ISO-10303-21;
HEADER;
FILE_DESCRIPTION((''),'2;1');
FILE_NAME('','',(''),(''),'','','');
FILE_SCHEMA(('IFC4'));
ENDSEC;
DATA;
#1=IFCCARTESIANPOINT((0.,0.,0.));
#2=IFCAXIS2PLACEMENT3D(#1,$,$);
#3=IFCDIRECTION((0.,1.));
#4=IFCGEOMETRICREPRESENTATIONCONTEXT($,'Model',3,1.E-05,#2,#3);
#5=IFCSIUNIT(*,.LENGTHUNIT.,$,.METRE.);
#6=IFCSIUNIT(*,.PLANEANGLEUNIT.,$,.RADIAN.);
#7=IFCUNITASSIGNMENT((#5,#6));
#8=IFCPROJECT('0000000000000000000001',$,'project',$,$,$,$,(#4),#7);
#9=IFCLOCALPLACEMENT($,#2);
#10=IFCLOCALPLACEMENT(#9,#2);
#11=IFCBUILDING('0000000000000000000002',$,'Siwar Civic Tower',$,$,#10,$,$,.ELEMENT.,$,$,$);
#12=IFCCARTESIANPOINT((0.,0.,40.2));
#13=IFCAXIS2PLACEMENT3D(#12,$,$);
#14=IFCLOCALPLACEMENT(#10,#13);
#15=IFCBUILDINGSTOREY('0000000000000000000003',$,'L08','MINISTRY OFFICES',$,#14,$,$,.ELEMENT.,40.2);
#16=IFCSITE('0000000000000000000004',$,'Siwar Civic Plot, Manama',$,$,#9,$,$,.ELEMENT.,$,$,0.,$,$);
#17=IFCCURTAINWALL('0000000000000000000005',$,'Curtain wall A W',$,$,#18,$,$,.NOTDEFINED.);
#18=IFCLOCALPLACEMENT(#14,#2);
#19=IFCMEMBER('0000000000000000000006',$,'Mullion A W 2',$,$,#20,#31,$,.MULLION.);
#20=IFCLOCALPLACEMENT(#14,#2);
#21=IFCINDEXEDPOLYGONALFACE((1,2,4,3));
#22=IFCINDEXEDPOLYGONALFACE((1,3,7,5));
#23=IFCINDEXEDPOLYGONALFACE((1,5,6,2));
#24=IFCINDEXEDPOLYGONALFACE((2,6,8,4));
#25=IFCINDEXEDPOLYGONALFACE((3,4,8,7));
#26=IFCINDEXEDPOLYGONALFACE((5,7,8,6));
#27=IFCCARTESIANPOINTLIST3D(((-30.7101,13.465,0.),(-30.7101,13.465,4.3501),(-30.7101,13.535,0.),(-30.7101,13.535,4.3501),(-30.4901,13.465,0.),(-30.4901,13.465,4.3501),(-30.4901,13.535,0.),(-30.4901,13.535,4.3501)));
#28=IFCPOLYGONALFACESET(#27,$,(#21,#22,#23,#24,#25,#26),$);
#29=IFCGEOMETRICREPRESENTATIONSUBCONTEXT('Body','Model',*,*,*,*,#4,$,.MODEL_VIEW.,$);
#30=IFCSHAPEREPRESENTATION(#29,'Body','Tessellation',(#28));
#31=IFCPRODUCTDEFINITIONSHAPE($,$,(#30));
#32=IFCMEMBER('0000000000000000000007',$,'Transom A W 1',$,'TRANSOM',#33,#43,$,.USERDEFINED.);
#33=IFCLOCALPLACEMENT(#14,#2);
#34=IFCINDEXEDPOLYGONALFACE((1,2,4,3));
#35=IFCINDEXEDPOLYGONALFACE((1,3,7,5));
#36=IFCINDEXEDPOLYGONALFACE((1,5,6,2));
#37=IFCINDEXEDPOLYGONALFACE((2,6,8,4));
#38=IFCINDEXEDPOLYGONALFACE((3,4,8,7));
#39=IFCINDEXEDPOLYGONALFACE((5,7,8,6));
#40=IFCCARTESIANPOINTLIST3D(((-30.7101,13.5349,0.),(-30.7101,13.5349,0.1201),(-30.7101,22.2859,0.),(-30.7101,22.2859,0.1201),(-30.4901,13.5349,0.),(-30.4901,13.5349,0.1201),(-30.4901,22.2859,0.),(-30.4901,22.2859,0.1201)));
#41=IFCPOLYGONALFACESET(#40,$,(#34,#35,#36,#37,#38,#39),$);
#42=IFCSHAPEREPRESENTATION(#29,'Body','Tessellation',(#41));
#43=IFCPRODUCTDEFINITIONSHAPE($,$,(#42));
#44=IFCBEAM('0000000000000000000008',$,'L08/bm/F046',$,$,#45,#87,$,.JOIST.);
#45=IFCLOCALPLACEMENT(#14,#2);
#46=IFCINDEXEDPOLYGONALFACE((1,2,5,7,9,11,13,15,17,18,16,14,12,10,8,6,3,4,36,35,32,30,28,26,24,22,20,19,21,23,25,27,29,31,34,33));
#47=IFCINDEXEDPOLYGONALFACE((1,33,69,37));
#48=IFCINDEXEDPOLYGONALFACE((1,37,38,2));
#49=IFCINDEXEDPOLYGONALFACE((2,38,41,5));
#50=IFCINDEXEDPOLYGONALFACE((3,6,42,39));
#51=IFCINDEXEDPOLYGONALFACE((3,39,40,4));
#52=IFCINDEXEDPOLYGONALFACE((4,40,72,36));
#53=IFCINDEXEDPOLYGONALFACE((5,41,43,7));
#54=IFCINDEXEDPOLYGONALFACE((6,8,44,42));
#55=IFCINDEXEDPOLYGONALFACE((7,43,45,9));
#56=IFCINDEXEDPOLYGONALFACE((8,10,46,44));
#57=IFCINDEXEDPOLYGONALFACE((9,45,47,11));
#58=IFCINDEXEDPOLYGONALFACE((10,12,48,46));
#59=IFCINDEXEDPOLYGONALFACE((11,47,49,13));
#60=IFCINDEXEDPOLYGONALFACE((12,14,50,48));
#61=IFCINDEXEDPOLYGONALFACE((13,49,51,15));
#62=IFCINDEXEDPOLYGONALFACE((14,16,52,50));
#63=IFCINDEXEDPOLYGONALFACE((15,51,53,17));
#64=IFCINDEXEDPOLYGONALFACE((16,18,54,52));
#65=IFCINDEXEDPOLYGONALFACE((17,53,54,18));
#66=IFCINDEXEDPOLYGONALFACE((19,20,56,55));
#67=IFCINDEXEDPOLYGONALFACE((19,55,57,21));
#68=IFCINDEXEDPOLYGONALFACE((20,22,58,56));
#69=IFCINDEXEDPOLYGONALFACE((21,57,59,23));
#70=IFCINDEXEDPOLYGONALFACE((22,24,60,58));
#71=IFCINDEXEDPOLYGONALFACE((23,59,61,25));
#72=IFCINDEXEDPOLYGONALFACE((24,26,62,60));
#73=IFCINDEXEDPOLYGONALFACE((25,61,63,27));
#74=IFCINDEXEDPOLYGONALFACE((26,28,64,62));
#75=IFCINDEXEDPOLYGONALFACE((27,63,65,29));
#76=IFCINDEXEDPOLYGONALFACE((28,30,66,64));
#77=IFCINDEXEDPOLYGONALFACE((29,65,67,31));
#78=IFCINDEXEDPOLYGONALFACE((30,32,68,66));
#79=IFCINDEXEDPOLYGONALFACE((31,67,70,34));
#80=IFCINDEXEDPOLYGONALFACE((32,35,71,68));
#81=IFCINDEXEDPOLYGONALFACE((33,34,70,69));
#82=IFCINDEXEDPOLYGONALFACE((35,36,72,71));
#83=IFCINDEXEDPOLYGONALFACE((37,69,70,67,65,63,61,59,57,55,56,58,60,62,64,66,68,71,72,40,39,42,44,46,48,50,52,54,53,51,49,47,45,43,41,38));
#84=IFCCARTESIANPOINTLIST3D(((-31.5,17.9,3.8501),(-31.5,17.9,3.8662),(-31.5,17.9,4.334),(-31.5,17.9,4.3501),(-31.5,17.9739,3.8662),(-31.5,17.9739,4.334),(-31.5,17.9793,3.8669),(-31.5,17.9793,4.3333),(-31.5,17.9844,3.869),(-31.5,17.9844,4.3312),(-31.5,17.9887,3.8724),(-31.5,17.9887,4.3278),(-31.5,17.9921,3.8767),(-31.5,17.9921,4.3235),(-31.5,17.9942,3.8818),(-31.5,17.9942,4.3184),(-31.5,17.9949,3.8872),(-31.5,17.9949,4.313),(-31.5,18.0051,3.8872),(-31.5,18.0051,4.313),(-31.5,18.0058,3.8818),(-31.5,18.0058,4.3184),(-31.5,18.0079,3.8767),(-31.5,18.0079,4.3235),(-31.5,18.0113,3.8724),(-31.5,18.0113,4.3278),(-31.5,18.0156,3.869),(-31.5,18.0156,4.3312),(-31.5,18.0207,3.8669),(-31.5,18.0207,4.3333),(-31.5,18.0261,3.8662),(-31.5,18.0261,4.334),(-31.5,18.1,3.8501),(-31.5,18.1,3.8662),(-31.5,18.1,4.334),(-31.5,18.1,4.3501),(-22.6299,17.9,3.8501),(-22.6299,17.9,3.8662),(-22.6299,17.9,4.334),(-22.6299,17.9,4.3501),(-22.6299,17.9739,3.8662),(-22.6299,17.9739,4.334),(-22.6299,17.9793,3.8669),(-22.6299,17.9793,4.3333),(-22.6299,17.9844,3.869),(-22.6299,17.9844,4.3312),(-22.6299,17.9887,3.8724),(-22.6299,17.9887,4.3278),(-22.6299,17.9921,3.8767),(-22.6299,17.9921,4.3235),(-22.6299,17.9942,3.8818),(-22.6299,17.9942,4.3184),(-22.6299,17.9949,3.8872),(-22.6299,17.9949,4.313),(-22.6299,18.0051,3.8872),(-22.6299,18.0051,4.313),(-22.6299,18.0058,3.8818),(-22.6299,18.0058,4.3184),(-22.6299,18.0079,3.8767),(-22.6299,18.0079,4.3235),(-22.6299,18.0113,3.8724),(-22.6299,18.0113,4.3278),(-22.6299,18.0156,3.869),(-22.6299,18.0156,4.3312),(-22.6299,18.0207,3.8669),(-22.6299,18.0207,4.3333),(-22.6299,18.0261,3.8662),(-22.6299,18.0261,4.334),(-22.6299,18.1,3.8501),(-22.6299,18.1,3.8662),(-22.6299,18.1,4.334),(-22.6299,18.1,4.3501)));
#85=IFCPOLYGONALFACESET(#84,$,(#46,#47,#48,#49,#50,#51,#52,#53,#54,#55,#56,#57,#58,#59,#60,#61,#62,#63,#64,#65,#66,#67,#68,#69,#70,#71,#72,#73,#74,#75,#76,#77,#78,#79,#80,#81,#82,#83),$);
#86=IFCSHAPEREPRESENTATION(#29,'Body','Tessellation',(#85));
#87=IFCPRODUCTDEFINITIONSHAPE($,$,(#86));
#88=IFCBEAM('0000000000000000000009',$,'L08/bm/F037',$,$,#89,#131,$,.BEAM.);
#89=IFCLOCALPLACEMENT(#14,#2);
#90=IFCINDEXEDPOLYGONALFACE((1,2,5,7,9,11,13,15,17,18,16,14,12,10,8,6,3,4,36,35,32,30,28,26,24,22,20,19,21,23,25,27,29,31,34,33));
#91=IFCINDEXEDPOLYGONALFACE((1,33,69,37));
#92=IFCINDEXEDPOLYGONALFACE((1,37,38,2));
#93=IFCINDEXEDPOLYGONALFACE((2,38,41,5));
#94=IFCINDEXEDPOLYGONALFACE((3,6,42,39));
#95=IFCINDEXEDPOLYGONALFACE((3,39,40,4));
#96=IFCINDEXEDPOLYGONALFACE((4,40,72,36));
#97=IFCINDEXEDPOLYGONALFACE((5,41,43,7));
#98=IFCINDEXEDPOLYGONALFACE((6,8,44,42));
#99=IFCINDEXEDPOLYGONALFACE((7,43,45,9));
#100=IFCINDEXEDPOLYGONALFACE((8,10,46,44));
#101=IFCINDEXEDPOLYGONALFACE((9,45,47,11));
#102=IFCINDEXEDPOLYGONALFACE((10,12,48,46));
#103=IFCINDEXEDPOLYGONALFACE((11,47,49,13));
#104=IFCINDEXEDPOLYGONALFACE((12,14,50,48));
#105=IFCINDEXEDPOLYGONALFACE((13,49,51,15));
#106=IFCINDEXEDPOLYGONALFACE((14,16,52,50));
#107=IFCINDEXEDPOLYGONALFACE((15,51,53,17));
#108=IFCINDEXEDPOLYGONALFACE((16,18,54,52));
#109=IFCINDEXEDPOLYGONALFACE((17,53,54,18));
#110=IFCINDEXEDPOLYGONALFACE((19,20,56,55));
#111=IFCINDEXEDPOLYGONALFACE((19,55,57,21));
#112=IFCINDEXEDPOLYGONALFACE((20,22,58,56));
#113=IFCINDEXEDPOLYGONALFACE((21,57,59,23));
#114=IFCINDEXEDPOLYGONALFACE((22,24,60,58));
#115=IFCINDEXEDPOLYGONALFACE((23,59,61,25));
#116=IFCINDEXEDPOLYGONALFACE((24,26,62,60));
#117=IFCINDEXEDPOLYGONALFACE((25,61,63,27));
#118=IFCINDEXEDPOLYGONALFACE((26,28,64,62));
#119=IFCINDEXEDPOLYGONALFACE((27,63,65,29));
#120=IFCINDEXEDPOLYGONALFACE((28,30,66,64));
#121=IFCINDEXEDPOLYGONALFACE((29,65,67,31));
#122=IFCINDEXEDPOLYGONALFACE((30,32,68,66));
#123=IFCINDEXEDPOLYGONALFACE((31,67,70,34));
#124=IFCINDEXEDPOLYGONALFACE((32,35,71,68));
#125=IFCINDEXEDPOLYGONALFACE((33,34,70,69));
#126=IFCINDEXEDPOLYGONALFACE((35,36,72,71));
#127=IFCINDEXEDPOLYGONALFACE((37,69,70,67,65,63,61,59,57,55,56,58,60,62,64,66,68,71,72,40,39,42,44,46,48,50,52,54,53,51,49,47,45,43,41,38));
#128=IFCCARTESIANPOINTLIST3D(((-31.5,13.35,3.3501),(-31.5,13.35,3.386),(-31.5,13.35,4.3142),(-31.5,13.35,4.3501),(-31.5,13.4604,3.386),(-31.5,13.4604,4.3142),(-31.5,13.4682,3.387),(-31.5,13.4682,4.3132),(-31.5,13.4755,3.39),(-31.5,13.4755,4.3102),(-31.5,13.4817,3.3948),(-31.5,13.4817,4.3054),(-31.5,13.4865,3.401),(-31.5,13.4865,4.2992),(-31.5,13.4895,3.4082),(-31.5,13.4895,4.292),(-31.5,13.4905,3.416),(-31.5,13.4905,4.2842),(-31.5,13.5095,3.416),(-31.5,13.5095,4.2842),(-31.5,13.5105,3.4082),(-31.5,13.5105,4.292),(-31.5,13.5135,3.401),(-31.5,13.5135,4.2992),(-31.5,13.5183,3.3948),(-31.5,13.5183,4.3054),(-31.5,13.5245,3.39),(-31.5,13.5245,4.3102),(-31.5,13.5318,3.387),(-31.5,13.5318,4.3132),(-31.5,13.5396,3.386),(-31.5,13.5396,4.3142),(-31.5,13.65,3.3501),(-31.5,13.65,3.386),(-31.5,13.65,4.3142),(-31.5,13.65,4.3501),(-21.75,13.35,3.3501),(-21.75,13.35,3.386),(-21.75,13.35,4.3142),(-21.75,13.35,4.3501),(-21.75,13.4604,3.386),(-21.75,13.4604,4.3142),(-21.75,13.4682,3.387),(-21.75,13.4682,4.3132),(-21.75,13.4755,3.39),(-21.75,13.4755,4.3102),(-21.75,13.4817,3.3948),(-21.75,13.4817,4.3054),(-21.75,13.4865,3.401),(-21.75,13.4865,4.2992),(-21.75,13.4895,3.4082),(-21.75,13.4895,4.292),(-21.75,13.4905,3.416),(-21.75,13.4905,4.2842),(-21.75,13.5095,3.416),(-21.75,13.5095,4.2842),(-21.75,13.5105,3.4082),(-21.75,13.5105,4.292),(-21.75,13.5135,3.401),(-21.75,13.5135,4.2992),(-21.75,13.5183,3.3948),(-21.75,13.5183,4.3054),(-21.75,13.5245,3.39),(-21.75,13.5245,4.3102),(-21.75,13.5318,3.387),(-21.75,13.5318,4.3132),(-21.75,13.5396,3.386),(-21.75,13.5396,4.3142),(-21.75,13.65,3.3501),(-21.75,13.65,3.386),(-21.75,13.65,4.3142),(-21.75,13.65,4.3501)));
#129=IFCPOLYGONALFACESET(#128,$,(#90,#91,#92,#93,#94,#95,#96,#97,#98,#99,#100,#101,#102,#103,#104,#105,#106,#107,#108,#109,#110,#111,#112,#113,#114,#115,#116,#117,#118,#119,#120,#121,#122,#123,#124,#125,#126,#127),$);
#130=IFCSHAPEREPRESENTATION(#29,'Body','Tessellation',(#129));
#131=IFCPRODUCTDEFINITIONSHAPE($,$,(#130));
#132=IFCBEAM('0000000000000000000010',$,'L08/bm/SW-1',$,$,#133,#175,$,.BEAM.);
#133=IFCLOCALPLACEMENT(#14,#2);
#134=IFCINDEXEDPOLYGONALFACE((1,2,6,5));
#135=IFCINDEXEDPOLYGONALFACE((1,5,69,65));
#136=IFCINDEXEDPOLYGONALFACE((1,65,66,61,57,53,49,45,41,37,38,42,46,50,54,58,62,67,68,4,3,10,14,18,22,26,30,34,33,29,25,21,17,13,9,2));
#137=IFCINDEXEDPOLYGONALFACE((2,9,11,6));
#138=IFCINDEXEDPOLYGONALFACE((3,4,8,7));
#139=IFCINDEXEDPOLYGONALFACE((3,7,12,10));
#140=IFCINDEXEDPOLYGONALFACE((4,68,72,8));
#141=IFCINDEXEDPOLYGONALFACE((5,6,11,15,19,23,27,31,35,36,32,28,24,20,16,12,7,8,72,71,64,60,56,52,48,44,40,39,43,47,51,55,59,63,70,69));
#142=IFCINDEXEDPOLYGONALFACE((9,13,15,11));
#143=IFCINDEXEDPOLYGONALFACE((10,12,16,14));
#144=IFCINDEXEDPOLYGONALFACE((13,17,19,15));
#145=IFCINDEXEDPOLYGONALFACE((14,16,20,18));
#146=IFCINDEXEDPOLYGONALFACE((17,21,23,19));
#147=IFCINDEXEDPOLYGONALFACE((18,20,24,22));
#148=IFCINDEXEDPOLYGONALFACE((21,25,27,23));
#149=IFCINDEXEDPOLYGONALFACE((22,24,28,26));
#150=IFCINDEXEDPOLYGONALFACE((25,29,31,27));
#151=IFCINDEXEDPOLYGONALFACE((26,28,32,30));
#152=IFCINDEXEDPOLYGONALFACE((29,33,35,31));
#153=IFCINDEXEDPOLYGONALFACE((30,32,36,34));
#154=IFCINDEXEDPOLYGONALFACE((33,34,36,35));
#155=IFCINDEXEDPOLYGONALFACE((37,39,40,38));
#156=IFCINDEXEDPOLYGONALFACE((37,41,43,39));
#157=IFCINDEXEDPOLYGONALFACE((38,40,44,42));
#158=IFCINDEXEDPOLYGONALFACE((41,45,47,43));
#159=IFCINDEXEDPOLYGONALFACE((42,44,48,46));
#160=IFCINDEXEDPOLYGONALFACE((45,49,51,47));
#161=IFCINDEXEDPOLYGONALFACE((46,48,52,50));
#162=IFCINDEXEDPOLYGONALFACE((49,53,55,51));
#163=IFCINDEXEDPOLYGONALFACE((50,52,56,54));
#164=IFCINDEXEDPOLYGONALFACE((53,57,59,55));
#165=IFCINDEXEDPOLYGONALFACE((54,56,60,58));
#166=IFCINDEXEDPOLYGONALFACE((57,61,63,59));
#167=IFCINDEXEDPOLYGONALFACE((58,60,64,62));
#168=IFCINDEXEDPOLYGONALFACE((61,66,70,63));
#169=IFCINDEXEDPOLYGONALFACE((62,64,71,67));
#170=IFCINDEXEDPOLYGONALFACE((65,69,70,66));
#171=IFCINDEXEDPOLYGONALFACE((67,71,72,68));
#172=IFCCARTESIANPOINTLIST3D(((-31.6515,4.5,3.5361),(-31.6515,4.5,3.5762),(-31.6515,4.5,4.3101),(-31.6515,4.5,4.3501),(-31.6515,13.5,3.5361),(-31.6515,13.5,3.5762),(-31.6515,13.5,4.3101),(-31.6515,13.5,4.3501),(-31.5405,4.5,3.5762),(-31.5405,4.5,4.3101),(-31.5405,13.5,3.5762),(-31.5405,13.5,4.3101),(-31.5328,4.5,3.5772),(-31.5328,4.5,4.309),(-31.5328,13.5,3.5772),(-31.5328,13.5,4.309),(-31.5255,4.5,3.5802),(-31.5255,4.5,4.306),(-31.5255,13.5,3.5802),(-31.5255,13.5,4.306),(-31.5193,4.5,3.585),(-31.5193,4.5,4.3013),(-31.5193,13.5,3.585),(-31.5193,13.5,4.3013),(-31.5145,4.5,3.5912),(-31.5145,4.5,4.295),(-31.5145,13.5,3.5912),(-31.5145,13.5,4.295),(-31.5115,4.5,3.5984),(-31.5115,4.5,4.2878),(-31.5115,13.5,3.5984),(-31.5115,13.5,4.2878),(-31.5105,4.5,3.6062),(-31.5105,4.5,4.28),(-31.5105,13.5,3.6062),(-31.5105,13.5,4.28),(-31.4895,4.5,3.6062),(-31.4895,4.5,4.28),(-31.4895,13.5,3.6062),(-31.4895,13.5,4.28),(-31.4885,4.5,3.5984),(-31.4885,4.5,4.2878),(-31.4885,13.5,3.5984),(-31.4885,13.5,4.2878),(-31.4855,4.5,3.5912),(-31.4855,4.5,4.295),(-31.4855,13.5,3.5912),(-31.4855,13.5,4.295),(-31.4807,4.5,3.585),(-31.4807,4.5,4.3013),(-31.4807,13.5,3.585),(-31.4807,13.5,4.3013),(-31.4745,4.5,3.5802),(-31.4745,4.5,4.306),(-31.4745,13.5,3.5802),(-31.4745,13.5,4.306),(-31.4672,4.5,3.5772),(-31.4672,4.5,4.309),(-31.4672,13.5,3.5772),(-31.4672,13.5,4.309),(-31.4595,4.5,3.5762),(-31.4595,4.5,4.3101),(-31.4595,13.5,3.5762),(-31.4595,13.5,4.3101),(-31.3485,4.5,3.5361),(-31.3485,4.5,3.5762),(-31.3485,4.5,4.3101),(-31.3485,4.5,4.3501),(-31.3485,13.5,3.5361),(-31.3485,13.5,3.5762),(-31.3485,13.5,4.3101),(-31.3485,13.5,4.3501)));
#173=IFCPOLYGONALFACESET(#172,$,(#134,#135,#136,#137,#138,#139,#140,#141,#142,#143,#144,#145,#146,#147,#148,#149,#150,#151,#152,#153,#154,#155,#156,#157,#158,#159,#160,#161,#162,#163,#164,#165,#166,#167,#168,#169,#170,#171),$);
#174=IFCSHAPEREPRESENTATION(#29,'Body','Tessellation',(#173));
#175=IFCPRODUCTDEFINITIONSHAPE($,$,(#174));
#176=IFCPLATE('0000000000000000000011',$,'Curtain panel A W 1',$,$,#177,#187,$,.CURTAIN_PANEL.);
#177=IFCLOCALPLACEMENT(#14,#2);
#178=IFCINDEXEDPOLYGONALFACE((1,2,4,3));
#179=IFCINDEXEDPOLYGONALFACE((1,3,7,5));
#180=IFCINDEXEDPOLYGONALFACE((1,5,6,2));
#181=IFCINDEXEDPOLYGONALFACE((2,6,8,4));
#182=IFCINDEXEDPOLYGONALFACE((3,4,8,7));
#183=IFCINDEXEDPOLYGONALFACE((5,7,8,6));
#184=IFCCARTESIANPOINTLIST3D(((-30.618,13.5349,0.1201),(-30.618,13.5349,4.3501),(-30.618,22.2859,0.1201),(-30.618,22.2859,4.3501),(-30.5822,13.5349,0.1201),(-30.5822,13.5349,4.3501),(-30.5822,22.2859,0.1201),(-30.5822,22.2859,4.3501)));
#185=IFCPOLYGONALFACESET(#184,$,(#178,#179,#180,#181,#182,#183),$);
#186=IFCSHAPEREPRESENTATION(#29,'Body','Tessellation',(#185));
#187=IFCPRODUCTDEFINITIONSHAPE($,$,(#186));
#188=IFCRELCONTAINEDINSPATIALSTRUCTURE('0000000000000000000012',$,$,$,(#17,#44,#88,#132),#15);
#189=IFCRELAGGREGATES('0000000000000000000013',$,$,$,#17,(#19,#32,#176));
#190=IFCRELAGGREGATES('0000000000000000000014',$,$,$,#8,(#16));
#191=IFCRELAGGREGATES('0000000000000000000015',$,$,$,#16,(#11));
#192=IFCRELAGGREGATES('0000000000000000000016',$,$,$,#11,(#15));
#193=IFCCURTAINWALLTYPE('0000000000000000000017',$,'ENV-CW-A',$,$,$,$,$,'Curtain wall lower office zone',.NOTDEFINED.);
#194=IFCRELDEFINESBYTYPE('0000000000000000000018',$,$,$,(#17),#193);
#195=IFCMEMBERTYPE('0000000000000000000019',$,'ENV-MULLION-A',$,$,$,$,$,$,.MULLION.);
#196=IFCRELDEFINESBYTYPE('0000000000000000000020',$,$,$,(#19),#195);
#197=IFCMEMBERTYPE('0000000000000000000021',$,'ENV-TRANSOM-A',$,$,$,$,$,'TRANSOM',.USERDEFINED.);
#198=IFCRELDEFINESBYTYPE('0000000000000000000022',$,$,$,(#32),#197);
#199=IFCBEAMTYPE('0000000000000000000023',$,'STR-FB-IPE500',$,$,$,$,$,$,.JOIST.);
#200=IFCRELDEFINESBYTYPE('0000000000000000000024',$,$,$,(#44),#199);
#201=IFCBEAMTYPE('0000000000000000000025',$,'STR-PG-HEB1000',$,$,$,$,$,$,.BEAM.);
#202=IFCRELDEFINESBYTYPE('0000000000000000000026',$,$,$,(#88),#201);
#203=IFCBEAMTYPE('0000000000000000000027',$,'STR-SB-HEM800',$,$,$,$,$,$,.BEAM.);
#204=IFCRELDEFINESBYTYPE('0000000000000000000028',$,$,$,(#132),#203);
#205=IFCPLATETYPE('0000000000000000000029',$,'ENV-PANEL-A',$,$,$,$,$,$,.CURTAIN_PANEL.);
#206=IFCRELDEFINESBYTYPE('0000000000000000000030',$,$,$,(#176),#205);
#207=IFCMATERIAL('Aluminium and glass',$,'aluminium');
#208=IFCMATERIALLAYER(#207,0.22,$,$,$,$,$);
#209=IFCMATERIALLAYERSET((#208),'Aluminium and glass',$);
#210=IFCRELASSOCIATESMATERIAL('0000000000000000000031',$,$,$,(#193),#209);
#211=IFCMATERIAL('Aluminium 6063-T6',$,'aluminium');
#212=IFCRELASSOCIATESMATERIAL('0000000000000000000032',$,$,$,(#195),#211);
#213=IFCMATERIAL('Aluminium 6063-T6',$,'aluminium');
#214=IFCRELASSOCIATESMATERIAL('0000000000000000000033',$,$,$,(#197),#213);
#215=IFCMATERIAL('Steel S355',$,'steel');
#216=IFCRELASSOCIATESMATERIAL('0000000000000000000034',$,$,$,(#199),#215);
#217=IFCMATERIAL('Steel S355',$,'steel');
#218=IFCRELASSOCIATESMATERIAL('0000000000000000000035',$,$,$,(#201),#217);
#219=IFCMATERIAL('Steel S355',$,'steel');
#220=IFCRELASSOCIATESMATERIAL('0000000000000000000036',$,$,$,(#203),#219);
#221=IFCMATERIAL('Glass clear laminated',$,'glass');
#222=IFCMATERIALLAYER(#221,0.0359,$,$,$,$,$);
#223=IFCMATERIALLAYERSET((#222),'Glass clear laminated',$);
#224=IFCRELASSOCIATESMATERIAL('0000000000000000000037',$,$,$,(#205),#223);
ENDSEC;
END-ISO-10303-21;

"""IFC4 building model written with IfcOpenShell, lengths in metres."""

from ifc_helpers import new_model, si_unit, direction, frame, origin, origin_2d, place, context, subcontext, project, spatial, rectangle, i_section, extrude, material, layer, layer_set, material_profile, profile_set, type_object, element, aggregate, save


model = new_model("IFC4")

# Units and contexts
model_context = context("Model", 3, precision=1e-05, world=origin(), true_north=direction((0.0, 1.0)))
body_context = subcontext(model_context, "Body", "Model", "MODEL_VIEW")
ifc_project = project(units=[si_unit("LENGTHUNIT", "METRE"), si_unit("PLANEANGLEUNIT", "RADIAN")], contexts=[model_context])

# Site, building, storey
site_placement = place(None, origin())
site = spatial("IfcSite", under=ifc_project, at=site_placement, Name="Siwar Civic Plot, Manama", CompositionType="ELEMENT", RefElevation=0.0)
building_placement = place(site_placement, origin())
building = spatial("IfcBuilding", under=site, at=building_placement, Name="Siwar Civic Tower", CompositionType="ELEMENT")
storey_placement = place(building_placement, frame((0.0, 0.0, 40.2)))
storey = spatial("IfcBuildingStorey", under=building, at=storey_placement, Name="L08", Description="MINISTRY OFFICES", CompositionType="ELEMENT", Elevation=40.2)

# Curtain wall, members
ifc_material_1 = material(Name="Aluminium and glass", Category="aluminium")
ifc_layer_1 = layer(ifc_material_1, 0.22)
ifc_layer_set_1 = layer_set([ifc_layer_1], Name="Aluminium and glass")
curtain_wall_type = type_object("IfcCurtainWallType", Name="ENV-CW-A", ElementType="Curtain wall lower office zone", PredefinedType="NOTDEFINED", material=ifc_layer_set_1)
curtain_wall_placement = place(storey_placement, origin())
curtain_wall = element("IfcCurtainWall", 1, at=curtain_wall_placement, inside=storey, type_object=curtain_wall_type, Name="Curtain wall A W", PredefinedType="NOTDEFINED")
ifc_material_2 = material(Name="Aluminium 6063-T6", Category="aluminium")
ifc_material_profile_1 = material_profile(ifc_material_2, rectangle(XDim=0.22, YDim=0.0701, at=origin_2d()), Name="AL 220x70")
ifc_profile_set_1 = profile_set([ifc_material_profile_1], Name="Aluminium 6063-T6")
member_type_1 = type_object("IfcMemberType", Name="ENV-MULLION-A", PredefinedType="MULLION", material=ifc_profile_set_1)
member_1_placement = place(storey_placement, frame((-30.6001, 13.5, 0.0), z_axis=(0.0, 0.0, 1.0), x_axis=(1.0, 0.0, 0.0)))
member_1 = element("IfcMember", 2, at=member_1_placement, type_object=member_type_1, Name="Mullion A W 2", PredefinedType="MULLION", context=body_context, shape_type="SweptSolid", body=[
    extrude(rectangle(XDim=0.22, YDim=0.0701, at=origin_2d()), origin(), (0.0, 0.0, 1.0), 4.3501),
])
ifc_material_3 = material(Name="Aluminium 6063-T6", Category="aluminium")
ifc_material_profile_2 = material_profile(ifc_material_3, rectangle(XDim=0.22, YDim=0.1201, at=origin_2d()), Name="AL 220x120")
ifc_profile_set_2 = profile_set([ifc_material_profile_2], Name="Aluminium 6063-T6")
member_type_2 = type_object("IfcMemberType", Name="ENV-TRANSOM-A", ElementType="TRANSOM", PredefinedType="USERDEFINED", material=ifc_profile_set_2)
member_2_placement = place(storey_placement, frame((-30.6001, 22.2859, 0.0601), z_axis=(0.0, -1.0, 0.0), x_axis=(1.0, 0.0, 0.0)))
member_2 = element("IfcMember", 3, at=member_2_placement, type_object=member_type_2, Name="Transom A W 1", ObjectType="TRANSOM", PredefinedType="USERDEFINED", context=body_context, shape_type="SweptSolid", body=[
    extrude(rectangle(XDim=0.22, YDim=0.1201, at=origin_2d()), origin(), (0.0, 0.0, 1.0), 8.751),
])

# Beams
ifc_material_4 = material(Name="Steel S355", Category="steel")
ifc_material_profile_3 = material_profile(ifc_material_4, i_section(OverallWidth=0.2, OverallDepth=0.5, WebThickness=0.0103, FlangeThickness=0.0161, FilletRadius=0.021, at=origin_2d()), Name="IPE500")
ifc_profile_set_3 = profile_set([ifc_material_profile_3], Name="Steel S355")
beam_type_1 = type_object("IfcBeamType", Name="STR-FB-IPE500", PredefinedType="JOIST", material=ifc_profile_set_3)
beam_1_placement = place(storey_placement, frame((-31.5, 18.0, 4.1001), z_axis=(1.0, 0.0, 0.0), x_axis=(0.0, 1.0, 0.0)))
element("IfcBeam", 4, at=beam_1_placement, inside=storey, type_object=beam_type_1, Name="L08/bm/F046", PredefinedType="JOIST", context=body_context, shape_type="SweptSolid", body=[
    extrude(i_section(OverallWidth=0.2, OverallDepth=0.5, WebThickness=0.0103, FlangeThickness=0.0161, FilletRadius=0.021, at=origin_2d()), origin(), (0.0, 0.0, 1.0), 8.8701),
])
ifc_material_5 = material(Name="Steel S355", Category="steel")
ifc_material_profile_4 = material_profile(ifc_material_5, i_section(OverallWidth=0.3, OverallDepth=1.0, WebThickness=0.019, FlangeThickness=0.0359, FilletRadius=0.03, at=origin_2d()), Name="HEB1000")
ifc_profile_set_4 = profile_set([ifc_material_profile_4], Name="Steel S355")
beam_type_2 = type_object("IfcBeamType", Name="STR-PG-HEB1000", PredefinedType="BEAM", material=ifc_profile_set_4)
beam_2_placement = place(storey_placement, frame((-31.5, 13.5, 3.8501), z_axis=(1.0, 0.0, 0.0), x_axis=(0.0, 1.0, 0.0)))
element("IfcBeam", 5, at=beam_2_placement, inside=storey, type_object=beam_type_2, Name="L08/bm/F037", PredefinedType="BEAM", context=body_context, shape_type="SweptSolid", body=[
    extrude(i_section(OverallWidth=0.3, OverallDepth=1.0, WebThickness=0.019, FlangeThickness=0.0359, FilletRadius=0.03, at=origin_2d()), origin(), (0.0, 0.0, 1.0), 9.75),
])
ifc_material_6 = material(Name="Steel S355", Category="steel")
ifc_material_profile_5 = material_profile(ifc_material_6, i_section(OverallWidth=0.303, OverallDepth=0.814, WebThickness=0.021, FlangeThickness=0.04, FilletRadius=0.03, at=origin_2d()), Name="HEM800")
ifc_profile_set_5 = profile_set([ifc_material_profile_5], Name="Steel S355")
beam_type_3 = type_object("IfcBeamType", Name="STR-SB-HEM800", PredefinedType="BEAM", material=ifc_profile_set_5)
beam_3_placement = place(storey_placement, frame((-31.5, 13.5, 3.9431), z_axis=(0.0, -1.0, 0.0), x_axis=(1.0, 0.0, 0.0)))
element("IfcBeam", 6, at=beam_3_placement, inside=storey, type_object=beam_type_3, Name="L08/bm/SW-1", PredefinedType="BEAM", context=body_context, shape_type="SweptSolid", body=[
    extrude(i_section(OverallWidth=0.303, OverallDepth=0.814, WebThickness=0.021, FlangeThickness=0.04, FilletRadius=0.03, at=origin_2d()), origin(), (0.0, 0.0, 1.0), 9.0),
])

# Plate
ifc_material_7 = material(Name="Glass clear laminated", Category="glass")
ifc_layer_2 = layer(ifc_material_7, 0.0359)
ifc_layer_set_2 = layer_set([ifc_layer_2], Name="Glass clear laminated")
plate_type = type_object("IfcPlateType", Name="ENV-PANEL-A", PredefinedType="CURTAIN_PANEL", material=ifc_layer_set_2)
plate_placement = place(storey_placement, frame((-30.6001, 17.9104, 0.1201), z_axis=(0.0, 0.0, 1.0), x_axis=(0.0, -1.0, 0.0)))
plate = element("IfcPlate", 7, at=plate_placement, type_object=plate_type, Name="Curtain panel A W 1", PredefinedType="CURTAIN_PANEL", context=body_context, shape_type="SweptSolid", body=[
    extrude(rectangle(XDim=8.751, YDim=0.0359, at=origin_2d()), origin(), (0.0, 0.0, 1.0), 4.23),
])
aggregate(curtain_wall, [member_1, member_2, plate])

save(model, "model.ifc")
